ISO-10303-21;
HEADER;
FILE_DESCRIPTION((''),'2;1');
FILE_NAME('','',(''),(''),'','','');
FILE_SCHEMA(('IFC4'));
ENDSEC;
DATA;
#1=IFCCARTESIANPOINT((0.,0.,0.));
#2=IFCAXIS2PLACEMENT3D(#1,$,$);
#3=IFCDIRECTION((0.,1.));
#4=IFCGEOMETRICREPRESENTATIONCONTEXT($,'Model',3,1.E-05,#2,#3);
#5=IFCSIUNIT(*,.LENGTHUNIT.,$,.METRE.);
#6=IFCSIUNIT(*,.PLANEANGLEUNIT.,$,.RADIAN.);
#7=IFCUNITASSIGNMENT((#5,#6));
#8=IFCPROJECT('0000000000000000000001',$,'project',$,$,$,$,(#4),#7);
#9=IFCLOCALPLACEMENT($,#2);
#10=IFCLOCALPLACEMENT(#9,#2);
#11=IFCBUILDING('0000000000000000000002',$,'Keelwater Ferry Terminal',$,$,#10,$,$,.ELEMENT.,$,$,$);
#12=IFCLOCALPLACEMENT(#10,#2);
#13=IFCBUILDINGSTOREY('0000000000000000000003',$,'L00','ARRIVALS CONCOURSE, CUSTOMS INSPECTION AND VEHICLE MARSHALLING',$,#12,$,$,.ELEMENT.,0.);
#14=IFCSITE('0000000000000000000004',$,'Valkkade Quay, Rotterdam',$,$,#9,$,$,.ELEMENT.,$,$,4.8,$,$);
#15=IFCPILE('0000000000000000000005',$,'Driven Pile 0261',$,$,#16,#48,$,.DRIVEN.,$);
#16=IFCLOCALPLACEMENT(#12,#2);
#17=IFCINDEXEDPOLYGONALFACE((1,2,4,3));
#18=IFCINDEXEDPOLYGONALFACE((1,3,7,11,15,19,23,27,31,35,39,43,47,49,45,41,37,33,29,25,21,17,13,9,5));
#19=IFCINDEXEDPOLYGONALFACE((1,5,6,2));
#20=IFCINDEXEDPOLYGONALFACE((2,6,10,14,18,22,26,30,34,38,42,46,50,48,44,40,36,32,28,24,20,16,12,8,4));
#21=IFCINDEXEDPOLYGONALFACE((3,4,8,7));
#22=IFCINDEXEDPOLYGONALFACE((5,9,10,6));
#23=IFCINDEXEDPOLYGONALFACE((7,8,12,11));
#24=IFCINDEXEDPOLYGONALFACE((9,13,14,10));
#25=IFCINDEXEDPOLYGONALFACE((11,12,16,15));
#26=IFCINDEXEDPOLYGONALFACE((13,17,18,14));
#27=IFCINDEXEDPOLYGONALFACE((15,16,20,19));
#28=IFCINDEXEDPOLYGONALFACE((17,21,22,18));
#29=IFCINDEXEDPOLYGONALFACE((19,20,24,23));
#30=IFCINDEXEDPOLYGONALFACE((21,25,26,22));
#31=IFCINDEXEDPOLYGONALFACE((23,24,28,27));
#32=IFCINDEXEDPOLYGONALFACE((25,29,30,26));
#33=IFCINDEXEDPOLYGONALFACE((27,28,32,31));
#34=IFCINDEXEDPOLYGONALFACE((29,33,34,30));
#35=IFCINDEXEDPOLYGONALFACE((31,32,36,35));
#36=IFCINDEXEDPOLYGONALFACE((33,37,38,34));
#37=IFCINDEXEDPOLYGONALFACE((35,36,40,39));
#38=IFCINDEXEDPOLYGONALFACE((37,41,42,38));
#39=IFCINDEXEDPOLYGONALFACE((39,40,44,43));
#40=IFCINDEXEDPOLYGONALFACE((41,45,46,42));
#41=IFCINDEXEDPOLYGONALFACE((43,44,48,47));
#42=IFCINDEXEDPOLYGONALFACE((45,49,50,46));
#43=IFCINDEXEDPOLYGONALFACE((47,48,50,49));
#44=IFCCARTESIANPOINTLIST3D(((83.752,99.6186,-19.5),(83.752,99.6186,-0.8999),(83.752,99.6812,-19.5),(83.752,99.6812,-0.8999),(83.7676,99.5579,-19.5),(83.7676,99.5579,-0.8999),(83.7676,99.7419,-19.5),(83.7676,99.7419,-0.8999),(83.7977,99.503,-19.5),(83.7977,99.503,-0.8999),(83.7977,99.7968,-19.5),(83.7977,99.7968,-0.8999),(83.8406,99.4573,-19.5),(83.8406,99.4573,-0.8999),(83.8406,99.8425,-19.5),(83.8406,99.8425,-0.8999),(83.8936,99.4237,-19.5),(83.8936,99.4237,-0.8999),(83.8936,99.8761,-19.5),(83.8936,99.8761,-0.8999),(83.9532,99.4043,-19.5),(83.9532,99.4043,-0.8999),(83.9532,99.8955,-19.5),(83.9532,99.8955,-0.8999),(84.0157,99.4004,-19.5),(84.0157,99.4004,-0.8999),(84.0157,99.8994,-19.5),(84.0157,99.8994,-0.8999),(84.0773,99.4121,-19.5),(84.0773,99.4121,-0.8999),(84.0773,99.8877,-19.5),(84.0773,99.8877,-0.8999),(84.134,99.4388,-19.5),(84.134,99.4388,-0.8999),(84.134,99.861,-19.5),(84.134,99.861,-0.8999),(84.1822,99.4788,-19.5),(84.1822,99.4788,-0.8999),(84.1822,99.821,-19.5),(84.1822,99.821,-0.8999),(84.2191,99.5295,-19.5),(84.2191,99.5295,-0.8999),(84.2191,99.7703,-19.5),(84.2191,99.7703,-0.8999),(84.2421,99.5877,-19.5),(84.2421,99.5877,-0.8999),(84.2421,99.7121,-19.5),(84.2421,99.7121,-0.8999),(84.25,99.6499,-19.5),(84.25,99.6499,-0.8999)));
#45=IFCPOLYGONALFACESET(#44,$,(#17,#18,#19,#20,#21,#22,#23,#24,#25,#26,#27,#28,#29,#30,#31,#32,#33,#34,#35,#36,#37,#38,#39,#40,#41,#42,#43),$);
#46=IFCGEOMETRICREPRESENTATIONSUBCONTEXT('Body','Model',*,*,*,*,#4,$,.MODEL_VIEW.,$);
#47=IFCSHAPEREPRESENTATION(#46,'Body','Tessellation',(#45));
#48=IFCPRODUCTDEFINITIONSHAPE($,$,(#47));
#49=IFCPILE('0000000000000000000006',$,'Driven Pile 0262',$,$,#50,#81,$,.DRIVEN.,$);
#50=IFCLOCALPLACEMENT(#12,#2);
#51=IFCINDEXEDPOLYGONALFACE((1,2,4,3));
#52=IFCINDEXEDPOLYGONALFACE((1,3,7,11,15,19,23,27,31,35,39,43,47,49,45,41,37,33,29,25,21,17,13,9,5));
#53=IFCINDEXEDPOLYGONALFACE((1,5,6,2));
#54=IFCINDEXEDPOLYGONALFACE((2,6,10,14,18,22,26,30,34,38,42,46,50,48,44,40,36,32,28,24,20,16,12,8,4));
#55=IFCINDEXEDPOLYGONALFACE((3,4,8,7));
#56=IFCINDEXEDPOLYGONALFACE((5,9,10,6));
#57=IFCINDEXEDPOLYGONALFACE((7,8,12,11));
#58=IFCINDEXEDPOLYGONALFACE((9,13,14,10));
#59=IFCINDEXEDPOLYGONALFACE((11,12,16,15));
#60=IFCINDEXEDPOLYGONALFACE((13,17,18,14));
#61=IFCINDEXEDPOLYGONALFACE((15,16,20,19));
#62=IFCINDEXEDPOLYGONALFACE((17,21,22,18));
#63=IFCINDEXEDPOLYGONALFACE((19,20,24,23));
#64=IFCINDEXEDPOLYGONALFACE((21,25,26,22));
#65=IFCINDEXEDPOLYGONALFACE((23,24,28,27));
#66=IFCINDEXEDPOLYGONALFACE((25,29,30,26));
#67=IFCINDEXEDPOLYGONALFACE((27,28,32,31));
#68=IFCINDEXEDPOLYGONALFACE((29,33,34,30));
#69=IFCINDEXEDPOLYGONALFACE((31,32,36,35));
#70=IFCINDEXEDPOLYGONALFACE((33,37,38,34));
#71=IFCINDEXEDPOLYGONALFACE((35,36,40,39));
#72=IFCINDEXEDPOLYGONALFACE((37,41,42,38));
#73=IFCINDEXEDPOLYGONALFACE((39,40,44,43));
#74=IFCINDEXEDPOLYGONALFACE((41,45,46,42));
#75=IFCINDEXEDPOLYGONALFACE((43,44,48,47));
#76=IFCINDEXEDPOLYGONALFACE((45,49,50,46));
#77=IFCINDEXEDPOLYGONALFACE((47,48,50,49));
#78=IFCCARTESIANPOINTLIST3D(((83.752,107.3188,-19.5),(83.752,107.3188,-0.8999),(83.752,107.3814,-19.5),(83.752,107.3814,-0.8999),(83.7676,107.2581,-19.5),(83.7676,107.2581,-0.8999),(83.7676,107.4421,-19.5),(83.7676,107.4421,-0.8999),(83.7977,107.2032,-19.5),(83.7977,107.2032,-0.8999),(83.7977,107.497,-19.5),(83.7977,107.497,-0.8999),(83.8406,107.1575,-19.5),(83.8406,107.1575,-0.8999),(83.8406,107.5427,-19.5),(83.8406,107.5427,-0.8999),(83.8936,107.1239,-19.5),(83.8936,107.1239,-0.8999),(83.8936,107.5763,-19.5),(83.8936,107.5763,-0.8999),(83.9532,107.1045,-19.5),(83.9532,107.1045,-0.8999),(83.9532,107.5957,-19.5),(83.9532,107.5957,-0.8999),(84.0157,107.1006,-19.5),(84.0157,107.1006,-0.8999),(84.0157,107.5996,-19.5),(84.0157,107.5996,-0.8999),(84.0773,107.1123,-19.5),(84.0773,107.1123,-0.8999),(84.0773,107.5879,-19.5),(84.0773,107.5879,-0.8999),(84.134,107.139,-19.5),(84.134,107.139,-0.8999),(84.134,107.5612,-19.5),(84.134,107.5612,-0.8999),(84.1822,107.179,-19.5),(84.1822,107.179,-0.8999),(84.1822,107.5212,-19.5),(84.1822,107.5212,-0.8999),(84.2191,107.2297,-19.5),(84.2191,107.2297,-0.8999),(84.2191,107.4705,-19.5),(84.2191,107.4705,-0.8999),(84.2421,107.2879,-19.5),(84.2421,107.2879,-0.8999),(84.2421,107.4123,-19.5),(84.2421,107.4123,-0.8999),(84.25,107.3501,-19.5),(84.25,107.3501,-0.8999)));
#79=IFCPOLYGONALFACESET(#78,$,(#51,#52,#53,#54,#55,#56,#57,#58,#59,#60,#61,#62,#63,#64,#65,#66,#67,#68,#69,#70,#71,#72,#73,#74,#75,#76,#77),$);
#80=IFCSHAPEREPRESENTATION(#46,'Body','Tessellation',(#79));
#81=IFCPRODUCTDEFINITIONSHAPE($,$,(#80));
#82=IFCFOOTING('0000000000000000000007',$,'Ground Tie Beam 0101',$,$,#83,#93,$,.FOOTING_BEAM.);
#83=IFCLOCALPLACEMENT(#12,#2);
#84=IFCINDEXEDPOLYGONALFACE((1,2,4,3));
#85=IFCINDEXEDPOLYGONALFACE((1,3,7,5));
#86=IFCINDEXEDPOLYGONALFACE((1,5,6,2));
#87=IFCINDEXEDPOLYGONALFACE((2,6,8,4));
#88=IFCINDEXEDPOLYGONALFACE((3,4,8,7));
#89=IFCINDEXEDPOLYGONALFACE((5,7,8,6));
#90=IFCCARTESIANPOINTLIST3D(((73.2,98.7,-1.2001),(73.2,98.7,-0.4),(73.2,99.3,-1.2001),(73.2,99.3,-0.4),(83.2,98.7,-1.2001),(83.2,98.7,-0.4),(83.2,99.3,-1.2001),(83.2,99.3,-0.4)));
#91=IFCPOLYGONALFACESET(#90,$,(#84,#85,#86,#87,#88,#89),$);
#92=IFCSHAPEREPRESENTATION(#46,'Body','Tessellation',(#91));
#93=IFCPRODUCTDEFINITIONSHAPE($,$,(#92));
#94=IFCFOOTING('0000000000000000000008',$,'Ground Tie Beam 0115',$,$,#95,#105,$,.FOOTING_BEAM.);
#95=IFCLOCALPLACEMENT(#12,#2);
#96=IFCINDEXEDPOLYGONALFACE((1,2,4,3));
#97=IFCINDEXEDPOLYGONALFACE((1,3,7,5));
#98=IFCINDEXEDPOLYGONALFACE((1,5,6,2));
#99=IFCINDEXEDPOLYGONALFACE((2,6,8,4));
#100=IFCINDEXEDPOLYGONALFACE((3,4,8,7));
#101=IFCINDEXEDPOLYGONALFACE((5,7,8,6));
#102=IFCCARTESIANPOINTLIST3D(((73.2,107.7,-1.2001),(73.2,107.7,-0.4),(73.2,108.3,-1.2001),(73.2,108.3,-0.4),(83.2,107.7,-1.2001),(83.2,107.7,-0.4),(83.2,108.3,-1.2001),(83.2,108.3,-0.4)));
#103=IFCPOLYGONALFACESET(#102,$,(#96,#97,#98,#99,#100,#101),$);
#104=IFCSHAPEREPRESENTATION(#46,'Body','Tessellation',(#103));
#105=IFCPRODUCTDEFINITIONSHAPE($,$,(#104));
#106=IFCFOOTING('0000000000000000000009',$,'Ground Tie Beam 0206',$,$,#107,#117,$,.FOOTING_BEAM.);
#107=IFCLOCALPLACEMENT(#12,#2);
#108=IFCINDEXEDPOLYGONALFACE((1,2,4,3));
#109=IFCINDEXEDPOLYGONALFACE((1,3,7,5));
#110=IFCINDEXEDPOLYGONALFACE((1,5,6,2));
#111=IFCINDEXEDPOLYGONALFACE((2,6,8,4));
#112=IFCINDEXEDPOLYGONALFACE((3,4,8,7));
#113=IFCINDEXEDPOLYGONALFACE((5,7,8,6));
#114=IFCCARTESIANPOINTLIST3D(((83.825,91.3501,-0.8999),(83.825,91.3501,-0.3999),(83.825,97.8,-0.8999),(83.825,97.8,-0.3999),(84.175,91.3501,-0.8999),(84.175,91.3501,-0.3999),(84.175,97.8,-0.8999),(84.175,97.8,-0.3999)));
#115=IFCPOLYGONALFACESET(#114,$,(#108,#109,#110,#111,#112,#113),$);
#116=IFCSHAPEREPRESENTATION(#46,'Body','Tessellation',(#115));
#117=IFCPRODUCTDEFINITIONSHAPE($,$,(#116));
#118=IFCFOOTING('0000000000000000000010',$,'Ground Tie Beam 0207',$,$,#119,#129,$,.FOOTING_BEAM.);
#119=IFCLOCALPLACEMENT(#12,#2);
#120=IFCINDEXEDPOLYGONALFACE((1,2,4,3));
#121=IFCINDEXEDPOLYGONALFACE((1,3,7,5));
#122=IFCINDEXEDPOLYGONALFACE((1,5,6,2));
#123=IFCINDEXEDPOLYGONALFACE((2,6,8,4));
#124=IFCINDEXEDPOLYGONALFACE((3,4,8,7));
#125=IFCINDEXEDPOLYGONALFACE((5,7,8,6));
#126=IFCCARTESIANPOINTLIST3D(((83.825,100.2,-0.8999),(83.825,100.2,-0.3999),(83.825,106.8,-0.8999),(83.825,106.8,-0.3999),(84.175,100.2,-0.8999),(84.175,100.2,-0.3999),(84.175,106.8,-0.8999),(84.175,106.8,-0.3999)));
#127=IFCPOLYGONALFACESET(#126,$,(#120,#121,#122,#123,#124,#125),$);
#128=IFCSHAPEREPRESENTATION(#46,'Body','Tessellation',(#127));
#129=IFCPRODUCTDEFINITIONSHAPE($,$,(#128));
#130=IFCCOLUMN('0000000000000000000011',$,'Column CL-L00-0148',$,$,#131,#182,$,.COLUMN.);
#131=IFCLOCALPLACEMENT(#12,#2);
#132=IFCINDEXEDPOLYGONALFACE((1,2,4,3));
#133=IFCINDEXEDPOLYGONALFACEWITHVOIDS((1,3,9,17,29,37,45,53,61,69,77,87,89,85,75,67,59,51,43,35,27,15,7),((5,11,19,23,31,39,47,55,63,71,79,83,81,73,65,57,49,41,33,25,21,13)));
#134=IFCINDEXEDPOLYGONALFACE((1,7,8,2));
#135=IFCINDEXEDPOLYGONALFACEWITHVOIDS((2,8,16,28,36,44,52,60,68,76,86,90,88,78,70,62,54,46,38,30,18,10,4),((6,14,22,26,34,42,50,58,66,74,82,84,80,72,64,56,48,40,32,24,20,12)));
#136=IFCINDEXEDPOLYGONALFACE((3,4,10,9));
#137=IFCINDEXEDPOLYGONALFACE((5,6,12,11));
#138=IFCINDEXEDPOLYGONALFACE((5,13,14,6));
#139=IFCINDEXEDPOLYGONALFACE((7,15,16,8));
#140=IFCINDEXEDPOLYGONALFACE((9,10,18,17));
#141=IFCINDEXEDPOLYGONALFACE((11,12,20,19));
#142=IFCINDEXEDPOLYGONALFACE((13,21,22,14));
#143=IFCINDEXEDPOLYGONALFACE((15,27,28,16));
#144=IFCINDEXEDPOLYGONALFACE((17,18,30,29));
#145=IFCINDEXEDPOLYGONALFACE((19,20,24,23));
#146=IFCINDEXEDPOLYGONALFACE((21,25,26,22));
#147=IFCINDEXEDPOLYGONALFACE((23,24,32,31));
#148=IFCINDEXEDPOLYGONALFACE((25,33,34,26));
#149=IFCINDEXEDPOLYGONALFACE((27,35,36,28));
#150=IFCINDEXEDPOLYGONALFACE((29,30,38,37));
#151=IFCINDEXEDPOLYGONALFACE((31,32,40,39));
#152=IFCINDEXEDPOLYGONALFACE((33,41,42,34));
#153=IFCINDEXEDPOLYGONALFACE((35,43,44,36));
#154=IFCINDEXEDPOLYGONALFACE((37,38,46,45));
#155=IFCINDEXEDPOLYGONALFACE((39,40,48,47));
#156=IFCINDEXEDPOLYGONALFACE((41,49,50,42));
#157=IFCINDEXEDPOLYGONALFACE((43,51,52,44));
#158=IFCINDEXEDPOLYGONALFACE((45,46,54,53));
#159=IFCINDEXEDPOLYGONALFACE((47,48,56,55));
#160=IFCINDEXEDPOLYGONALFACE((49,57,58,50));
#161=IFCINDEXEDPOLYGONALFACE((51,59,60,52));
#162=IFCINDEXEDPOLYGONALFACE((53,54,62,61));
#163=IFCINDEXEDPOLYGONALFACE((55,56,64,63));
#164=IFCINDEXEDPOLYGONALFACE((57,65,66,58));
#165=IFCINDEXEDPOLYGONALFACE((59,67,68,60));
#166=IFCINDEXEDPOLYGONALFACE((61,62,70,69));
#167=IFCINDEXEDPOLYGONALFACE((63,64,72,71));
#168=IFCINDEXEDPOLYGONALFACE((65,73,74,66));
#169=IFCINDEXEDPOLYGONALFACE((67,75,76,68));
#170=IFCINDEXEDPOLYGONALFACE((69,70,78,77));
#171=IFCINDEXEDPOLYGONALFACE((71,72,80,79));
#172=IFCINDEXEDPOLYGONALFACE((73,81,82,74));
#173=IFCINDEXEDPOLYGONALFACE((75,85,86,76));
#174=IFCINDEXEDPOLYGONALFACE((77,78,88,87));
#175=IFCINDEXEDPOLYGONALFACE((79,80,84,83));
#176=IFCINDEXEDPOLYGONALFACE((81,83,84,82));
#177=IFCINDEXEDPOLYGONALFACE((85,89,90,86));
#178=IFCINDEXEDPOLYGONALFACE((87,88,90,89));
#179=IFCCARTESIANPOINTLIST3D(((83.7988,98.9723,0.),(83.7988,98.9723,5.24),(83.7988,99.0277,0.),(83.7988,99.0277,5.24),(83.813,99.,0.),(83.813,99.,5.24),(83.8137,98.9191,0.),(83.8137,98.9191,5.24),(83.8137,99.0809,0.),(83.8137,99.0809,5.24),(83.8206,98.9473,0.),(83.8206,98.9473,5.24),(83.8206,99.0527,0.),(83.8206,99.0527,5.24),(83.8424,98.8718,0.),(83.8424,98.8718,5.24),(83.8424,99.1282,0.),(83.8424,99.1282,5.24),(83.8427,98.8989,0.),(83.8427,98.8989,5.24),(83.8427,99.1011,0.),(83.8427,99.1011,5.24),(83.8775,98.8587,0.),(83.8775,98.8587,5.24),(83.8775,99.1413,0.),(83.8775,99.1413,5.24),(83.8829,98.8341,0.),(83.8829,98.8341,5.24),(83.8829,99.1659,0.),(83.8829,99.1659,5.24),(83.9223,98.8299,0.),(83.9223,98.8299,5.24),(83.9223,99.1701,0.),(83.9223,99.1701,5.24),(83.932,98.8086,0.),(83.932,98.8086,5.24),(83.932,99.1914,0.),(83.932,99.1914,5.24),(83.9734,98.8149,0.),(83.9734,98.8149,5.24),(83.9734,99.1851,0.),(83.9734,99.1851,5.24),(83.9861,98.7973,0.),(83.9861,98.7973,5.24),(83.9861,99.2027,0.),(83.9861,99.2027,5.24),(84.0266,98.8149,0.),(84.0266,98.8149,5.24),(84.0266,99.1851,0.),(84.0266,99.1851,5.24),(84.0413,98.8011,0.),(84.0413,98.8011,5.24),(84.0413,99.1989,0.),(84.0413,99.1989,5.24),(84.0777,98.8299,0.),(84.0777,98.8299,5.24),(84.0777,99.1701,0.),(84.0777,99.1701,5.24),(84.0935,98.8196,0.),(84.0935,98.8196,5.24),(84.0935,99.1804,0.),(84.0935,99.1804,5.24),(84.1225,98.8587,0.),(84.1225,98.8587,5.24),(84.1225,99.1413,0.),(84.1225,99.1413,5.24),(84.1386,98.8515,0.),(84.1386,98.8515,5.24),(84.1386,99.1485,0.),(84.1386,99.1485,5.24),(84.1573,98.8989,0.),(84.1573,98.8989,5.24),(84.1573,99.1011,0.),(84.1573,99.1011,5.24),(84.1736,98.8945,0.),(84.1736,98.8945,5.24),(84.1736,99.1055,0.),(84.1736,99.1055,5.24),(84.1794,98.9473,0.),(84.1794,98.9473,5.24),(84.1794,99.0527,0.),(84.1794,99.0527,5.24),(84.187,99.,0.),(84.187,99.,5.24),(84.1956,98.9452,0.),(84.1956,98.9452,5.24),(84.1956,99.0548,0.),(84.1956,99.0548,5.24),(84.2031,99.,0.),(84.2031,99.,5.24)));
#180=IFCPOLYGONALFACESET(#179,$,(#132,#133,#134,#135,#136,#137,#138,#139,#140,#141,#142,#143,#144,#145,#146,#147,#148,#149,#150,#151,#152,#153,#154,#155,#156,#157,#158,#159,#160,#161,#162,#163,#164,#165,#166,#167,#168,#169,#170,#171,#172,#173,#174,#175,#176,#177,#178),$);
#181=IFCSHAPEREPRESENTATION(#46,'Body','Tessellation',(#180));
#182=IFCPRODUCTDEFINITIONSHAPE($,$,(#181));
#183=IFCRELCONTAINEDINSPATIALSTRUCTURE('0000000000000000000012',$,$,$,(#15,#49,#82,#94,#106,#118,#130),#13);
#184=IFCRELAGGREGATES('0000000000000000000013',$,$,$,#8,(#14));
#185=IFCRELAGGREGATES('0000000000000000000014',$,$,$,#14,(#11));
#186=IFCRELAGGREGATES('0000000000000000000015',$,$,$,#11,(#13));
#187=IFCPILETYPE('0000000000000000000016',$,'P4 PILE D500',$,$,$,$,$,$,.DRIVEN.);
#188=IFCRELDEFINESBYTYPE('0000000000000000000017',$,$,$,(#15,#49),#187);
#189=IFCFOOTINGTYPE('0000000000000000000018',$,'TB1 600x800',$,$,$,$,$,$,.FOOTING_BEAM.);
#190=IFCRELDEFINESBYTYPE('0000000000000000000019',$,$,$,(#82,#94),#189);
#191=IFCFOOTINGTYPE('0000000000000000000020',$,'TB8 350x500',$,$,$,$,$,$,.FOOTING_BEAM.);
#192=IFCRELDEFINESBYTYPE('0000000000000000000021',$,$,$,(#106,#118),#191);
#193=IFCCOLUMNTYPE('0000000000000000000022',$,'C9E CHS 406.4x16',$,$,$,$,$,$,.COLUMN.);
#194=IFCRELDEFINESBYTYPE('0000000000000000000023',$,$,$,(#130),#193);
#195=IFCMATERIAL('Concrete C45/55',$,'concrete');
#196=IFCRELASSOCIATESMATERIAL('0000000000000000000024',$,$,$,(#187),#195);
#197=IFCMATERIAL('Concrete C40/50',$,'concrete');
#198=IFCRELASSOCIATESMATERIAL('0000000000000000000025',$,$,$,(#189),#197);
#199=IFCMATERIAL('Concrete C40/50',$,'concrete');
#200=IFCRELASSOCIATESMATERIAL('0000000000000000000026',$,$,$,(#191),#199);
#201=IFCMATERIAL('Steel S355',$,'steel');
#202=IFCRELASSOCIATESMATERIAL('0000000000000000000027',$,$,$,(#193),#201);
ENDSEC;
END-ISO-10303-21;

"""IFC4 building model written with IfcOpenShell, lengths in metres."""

from ifc_helpers import new_model, si_unit, direction, frame, origin, origin_2d, place, context, subcontext, project, spatial, rectangle, circle, hollow_circle, extrude, material, material_profile, profile_set, type_object, element, save


model = new_model("IFC4")

# Units and contexts
model_context = context("Model", 3, precision=1e-05, world=origin(), true_north=direction((0.0, 1.0)))
body_context = subcontext(model_context, "Body", "Model", "MODEL_VIEW")
ifc_project = project(units=[si_unit("LENGTHUNIT", "METRE"), si_unit("PLANEANGLEUNIT", "RADIAN")], contexts=[model_context])

# Site, building, storey
site_placement = place(None, origin())
site = spatial("IfcSite", under=ifc_project, at=site_placement, Name="Valkkade Quay, Rotterdam", CompositionType="ELEMENT", RefElevation=4.8)
building_placement = place(site_placement, origin())
building = spatial("IfcBuilding", under=site, at=building_placement, Name="Keelwater Ferry Terminal", CompositionType="ELEMENT")
storey_placement = place(building_placement, origin())
storey = spatial("IfcBuildingStorey", under=building, at=storey_placement, Name="L00", Description="ARRIVALS CONCOURSE, CUSTOMS INSPECTION AND VEHICLE MARSHALLING", CompositionType="ELEMENT", Elevation=0.0)

# Piles
ifc_material_1 = material(Name="Concrete C45/55", Category="concrete")
ifc_material_profile_1 = material_profile(ifc_material_1, circle(Radius=0.25, at=origin_2d()), Name="PILE D500")
ifc_profile_set_1 = profile_set([ifc_material_profile_1], Name="Concrete C45/55")
pile_type_1 = type_object("IfcPileType", Name="P4 PILE D500", PredefinedType="DRIVEN", material=ifc_profile_set_1)
for number, where, z_axis, x_axis, name in (
    (1, (84.0, 99.6499, -0.8999), (0.0, 0.0, -1.0), (1.0, 0.0, 0.0), "Driven Pile 0261"),
    (2, (84.0, 107.3501, -0.8999), (0.0, 0.0, -1.0), (1.0, 0.0, 0.0), "Driven Pile 0262"),
):
    element("IfcPile", number, at=place(storey_placement, frame(where, z_axis=z_axis, x_axis=x_axis)), inside=storey, type_object=pile_type_1, Name=name, PredefinedType="DRIVEN", context=body_context, shape_type="SweptSolid", body=[
        extrude(circle(Radius=0.25, at=origin_2d()), origin(), (0.0, 0.0, 1.0), 18.6001),
    ])

# Footings
ifc_material_2 = material(Name="Concrete C40/50", Category="concrete")
ifc_material_profile_2 = material_profile(ifc_material_2, rectangle(XDim=0.6001, YDim=0.8, at=origin_2d()), Name="TB 600x800")
ifc_profile_set_2 = profile_set([ifc_material_profile_2], Name="Concrete C40/50")
footing_type_1 = type_object("IfcFootingType", Name="TB1 600x800", PredefinedType="FOOTING_BEAM", material=ifc_profile_set_2)
for number, where, z_axis, x_axis, name in (
    (3, (73.2, 99.0, -0.8), (1.0, 0.0, 0.0), (0.0, 1.0, 0.0), "Ground Tie Beam 0101"),
    (4, (73.2, 108.0, -0.8), (1.0, 0.0, 0.0), (0.0, 1.0, 0.0), "Ground Tie Beam 0115"),
):
    element("IfcFooting", number, at=place(storey_placement, frame(where, z_axis=z_axis, x_axis=x_axis)), inside=storey, type_object=footing_type_1, Name=name, PredefinedType="FOOTING_BEAM", context=body_context, shape_type="SweptSolid", body=[
        extrude(rectangle(XDim=0.6001, YDim=0.8, at=origin_2d()), origin(), (0.0, 0.0, 1.0), 10.0),
    ])
ifc_material_3 = material(Name="Concrete C40/50", Category="concrete")
ifc_material_profile_3 = material_profile(ifc_material_3, rectangle(XDim=0.3501, YDim=0.5, at=origin_2d()), Name="TB 350x500")
ifc_profile_set_3 = profile_set([ifc_material_profile_3], Name="Concrete C40/50")
footing_type_2 = type_object("IfcFootingType", Name="TB8 350x500", PredefinedType="FOOTING_BEAM", material=ifc_profile_set_3)
footing_1_placement = place(storey_placement, frame((84.0, 91.3501, -0.6499), z_axis=(0.0, 1.0, 0.0), x_axis=(-1.0, 0.0, 0.0)))
element("IfcFooting", 5, at=footing_1_placement, inside=storey, type_object=footing_type_2, Name="Ground Tie Beam 0206", PredefinedType="FOOTING_BEAM", context=body_context, shape_type="SweptSolid", body=[
    extrude(rectangle(XDim=0.3501, YDim=0.5, at=origin_2d()), origin(), (0.0, 0.0, 1.0), 6.45),
])
footing_2_placement = place(storey_placement, frame((84.0, 100.2, -0.6499), z_axis=(0.0, 1.0, 0.0), x_axis=(-1.0, 0.0, 0.0)))
element("IfcFooting", 6, at=footing_2_placement, inside=storey, type_object=footing_type_2, Name="Ground Tie Beam 0207", PredefinedType="FOOTING_BEAM", context=body_context, shape_type="SweptSolid", body=[
    extrude(rectangle(XDim=0.3501, YDim=0.5, at=origin_2d()), origin(), (0.0, 0.0, 1.0), 6.6001),
])

# Column
ifc_material_4 = material(Name="Steel S355", Category="steel")
ifc_material_profile_4 = material_profile(ifc_material_4, hollow_circle(Radius=0.2031, WallThickness=0.0161, at=origin_2d()), Name="CHS 406.4x16")
ifc_profile_set_4 = profile_set([ifc_material_profile_4], Name="Steel S355")
column_type = type_object("IfcColumnType", Name="C9E CHS 406.4x16", PredefinedType="COLUMN", material=ifc_profile_set_4)
for number, where, z_axis, x_axis, name in (
    (7, (84.0, 99.0, 0.0), (0.0, 0.0, 1.0), (1.0, 0.0, 0.0), "Column CL-L00-0148"),
):
    element("IfcColumn", number, at=place(storey_placement, frame(where, z_axis=z_axis, x_axis=x_axis)), inside=storey, type_object=column_type, Name=name, PredefinedType="COLUMN", context=body_context, shape_type="SweptSolid", body=[
        extrude(hollow_circle(Radius=0.2031, WallThickness=0.0161, at=origin_2d()), origin(), (0.0, 0.0, 1.0), 5.24),
    ])

save(model, "model.ifc")
